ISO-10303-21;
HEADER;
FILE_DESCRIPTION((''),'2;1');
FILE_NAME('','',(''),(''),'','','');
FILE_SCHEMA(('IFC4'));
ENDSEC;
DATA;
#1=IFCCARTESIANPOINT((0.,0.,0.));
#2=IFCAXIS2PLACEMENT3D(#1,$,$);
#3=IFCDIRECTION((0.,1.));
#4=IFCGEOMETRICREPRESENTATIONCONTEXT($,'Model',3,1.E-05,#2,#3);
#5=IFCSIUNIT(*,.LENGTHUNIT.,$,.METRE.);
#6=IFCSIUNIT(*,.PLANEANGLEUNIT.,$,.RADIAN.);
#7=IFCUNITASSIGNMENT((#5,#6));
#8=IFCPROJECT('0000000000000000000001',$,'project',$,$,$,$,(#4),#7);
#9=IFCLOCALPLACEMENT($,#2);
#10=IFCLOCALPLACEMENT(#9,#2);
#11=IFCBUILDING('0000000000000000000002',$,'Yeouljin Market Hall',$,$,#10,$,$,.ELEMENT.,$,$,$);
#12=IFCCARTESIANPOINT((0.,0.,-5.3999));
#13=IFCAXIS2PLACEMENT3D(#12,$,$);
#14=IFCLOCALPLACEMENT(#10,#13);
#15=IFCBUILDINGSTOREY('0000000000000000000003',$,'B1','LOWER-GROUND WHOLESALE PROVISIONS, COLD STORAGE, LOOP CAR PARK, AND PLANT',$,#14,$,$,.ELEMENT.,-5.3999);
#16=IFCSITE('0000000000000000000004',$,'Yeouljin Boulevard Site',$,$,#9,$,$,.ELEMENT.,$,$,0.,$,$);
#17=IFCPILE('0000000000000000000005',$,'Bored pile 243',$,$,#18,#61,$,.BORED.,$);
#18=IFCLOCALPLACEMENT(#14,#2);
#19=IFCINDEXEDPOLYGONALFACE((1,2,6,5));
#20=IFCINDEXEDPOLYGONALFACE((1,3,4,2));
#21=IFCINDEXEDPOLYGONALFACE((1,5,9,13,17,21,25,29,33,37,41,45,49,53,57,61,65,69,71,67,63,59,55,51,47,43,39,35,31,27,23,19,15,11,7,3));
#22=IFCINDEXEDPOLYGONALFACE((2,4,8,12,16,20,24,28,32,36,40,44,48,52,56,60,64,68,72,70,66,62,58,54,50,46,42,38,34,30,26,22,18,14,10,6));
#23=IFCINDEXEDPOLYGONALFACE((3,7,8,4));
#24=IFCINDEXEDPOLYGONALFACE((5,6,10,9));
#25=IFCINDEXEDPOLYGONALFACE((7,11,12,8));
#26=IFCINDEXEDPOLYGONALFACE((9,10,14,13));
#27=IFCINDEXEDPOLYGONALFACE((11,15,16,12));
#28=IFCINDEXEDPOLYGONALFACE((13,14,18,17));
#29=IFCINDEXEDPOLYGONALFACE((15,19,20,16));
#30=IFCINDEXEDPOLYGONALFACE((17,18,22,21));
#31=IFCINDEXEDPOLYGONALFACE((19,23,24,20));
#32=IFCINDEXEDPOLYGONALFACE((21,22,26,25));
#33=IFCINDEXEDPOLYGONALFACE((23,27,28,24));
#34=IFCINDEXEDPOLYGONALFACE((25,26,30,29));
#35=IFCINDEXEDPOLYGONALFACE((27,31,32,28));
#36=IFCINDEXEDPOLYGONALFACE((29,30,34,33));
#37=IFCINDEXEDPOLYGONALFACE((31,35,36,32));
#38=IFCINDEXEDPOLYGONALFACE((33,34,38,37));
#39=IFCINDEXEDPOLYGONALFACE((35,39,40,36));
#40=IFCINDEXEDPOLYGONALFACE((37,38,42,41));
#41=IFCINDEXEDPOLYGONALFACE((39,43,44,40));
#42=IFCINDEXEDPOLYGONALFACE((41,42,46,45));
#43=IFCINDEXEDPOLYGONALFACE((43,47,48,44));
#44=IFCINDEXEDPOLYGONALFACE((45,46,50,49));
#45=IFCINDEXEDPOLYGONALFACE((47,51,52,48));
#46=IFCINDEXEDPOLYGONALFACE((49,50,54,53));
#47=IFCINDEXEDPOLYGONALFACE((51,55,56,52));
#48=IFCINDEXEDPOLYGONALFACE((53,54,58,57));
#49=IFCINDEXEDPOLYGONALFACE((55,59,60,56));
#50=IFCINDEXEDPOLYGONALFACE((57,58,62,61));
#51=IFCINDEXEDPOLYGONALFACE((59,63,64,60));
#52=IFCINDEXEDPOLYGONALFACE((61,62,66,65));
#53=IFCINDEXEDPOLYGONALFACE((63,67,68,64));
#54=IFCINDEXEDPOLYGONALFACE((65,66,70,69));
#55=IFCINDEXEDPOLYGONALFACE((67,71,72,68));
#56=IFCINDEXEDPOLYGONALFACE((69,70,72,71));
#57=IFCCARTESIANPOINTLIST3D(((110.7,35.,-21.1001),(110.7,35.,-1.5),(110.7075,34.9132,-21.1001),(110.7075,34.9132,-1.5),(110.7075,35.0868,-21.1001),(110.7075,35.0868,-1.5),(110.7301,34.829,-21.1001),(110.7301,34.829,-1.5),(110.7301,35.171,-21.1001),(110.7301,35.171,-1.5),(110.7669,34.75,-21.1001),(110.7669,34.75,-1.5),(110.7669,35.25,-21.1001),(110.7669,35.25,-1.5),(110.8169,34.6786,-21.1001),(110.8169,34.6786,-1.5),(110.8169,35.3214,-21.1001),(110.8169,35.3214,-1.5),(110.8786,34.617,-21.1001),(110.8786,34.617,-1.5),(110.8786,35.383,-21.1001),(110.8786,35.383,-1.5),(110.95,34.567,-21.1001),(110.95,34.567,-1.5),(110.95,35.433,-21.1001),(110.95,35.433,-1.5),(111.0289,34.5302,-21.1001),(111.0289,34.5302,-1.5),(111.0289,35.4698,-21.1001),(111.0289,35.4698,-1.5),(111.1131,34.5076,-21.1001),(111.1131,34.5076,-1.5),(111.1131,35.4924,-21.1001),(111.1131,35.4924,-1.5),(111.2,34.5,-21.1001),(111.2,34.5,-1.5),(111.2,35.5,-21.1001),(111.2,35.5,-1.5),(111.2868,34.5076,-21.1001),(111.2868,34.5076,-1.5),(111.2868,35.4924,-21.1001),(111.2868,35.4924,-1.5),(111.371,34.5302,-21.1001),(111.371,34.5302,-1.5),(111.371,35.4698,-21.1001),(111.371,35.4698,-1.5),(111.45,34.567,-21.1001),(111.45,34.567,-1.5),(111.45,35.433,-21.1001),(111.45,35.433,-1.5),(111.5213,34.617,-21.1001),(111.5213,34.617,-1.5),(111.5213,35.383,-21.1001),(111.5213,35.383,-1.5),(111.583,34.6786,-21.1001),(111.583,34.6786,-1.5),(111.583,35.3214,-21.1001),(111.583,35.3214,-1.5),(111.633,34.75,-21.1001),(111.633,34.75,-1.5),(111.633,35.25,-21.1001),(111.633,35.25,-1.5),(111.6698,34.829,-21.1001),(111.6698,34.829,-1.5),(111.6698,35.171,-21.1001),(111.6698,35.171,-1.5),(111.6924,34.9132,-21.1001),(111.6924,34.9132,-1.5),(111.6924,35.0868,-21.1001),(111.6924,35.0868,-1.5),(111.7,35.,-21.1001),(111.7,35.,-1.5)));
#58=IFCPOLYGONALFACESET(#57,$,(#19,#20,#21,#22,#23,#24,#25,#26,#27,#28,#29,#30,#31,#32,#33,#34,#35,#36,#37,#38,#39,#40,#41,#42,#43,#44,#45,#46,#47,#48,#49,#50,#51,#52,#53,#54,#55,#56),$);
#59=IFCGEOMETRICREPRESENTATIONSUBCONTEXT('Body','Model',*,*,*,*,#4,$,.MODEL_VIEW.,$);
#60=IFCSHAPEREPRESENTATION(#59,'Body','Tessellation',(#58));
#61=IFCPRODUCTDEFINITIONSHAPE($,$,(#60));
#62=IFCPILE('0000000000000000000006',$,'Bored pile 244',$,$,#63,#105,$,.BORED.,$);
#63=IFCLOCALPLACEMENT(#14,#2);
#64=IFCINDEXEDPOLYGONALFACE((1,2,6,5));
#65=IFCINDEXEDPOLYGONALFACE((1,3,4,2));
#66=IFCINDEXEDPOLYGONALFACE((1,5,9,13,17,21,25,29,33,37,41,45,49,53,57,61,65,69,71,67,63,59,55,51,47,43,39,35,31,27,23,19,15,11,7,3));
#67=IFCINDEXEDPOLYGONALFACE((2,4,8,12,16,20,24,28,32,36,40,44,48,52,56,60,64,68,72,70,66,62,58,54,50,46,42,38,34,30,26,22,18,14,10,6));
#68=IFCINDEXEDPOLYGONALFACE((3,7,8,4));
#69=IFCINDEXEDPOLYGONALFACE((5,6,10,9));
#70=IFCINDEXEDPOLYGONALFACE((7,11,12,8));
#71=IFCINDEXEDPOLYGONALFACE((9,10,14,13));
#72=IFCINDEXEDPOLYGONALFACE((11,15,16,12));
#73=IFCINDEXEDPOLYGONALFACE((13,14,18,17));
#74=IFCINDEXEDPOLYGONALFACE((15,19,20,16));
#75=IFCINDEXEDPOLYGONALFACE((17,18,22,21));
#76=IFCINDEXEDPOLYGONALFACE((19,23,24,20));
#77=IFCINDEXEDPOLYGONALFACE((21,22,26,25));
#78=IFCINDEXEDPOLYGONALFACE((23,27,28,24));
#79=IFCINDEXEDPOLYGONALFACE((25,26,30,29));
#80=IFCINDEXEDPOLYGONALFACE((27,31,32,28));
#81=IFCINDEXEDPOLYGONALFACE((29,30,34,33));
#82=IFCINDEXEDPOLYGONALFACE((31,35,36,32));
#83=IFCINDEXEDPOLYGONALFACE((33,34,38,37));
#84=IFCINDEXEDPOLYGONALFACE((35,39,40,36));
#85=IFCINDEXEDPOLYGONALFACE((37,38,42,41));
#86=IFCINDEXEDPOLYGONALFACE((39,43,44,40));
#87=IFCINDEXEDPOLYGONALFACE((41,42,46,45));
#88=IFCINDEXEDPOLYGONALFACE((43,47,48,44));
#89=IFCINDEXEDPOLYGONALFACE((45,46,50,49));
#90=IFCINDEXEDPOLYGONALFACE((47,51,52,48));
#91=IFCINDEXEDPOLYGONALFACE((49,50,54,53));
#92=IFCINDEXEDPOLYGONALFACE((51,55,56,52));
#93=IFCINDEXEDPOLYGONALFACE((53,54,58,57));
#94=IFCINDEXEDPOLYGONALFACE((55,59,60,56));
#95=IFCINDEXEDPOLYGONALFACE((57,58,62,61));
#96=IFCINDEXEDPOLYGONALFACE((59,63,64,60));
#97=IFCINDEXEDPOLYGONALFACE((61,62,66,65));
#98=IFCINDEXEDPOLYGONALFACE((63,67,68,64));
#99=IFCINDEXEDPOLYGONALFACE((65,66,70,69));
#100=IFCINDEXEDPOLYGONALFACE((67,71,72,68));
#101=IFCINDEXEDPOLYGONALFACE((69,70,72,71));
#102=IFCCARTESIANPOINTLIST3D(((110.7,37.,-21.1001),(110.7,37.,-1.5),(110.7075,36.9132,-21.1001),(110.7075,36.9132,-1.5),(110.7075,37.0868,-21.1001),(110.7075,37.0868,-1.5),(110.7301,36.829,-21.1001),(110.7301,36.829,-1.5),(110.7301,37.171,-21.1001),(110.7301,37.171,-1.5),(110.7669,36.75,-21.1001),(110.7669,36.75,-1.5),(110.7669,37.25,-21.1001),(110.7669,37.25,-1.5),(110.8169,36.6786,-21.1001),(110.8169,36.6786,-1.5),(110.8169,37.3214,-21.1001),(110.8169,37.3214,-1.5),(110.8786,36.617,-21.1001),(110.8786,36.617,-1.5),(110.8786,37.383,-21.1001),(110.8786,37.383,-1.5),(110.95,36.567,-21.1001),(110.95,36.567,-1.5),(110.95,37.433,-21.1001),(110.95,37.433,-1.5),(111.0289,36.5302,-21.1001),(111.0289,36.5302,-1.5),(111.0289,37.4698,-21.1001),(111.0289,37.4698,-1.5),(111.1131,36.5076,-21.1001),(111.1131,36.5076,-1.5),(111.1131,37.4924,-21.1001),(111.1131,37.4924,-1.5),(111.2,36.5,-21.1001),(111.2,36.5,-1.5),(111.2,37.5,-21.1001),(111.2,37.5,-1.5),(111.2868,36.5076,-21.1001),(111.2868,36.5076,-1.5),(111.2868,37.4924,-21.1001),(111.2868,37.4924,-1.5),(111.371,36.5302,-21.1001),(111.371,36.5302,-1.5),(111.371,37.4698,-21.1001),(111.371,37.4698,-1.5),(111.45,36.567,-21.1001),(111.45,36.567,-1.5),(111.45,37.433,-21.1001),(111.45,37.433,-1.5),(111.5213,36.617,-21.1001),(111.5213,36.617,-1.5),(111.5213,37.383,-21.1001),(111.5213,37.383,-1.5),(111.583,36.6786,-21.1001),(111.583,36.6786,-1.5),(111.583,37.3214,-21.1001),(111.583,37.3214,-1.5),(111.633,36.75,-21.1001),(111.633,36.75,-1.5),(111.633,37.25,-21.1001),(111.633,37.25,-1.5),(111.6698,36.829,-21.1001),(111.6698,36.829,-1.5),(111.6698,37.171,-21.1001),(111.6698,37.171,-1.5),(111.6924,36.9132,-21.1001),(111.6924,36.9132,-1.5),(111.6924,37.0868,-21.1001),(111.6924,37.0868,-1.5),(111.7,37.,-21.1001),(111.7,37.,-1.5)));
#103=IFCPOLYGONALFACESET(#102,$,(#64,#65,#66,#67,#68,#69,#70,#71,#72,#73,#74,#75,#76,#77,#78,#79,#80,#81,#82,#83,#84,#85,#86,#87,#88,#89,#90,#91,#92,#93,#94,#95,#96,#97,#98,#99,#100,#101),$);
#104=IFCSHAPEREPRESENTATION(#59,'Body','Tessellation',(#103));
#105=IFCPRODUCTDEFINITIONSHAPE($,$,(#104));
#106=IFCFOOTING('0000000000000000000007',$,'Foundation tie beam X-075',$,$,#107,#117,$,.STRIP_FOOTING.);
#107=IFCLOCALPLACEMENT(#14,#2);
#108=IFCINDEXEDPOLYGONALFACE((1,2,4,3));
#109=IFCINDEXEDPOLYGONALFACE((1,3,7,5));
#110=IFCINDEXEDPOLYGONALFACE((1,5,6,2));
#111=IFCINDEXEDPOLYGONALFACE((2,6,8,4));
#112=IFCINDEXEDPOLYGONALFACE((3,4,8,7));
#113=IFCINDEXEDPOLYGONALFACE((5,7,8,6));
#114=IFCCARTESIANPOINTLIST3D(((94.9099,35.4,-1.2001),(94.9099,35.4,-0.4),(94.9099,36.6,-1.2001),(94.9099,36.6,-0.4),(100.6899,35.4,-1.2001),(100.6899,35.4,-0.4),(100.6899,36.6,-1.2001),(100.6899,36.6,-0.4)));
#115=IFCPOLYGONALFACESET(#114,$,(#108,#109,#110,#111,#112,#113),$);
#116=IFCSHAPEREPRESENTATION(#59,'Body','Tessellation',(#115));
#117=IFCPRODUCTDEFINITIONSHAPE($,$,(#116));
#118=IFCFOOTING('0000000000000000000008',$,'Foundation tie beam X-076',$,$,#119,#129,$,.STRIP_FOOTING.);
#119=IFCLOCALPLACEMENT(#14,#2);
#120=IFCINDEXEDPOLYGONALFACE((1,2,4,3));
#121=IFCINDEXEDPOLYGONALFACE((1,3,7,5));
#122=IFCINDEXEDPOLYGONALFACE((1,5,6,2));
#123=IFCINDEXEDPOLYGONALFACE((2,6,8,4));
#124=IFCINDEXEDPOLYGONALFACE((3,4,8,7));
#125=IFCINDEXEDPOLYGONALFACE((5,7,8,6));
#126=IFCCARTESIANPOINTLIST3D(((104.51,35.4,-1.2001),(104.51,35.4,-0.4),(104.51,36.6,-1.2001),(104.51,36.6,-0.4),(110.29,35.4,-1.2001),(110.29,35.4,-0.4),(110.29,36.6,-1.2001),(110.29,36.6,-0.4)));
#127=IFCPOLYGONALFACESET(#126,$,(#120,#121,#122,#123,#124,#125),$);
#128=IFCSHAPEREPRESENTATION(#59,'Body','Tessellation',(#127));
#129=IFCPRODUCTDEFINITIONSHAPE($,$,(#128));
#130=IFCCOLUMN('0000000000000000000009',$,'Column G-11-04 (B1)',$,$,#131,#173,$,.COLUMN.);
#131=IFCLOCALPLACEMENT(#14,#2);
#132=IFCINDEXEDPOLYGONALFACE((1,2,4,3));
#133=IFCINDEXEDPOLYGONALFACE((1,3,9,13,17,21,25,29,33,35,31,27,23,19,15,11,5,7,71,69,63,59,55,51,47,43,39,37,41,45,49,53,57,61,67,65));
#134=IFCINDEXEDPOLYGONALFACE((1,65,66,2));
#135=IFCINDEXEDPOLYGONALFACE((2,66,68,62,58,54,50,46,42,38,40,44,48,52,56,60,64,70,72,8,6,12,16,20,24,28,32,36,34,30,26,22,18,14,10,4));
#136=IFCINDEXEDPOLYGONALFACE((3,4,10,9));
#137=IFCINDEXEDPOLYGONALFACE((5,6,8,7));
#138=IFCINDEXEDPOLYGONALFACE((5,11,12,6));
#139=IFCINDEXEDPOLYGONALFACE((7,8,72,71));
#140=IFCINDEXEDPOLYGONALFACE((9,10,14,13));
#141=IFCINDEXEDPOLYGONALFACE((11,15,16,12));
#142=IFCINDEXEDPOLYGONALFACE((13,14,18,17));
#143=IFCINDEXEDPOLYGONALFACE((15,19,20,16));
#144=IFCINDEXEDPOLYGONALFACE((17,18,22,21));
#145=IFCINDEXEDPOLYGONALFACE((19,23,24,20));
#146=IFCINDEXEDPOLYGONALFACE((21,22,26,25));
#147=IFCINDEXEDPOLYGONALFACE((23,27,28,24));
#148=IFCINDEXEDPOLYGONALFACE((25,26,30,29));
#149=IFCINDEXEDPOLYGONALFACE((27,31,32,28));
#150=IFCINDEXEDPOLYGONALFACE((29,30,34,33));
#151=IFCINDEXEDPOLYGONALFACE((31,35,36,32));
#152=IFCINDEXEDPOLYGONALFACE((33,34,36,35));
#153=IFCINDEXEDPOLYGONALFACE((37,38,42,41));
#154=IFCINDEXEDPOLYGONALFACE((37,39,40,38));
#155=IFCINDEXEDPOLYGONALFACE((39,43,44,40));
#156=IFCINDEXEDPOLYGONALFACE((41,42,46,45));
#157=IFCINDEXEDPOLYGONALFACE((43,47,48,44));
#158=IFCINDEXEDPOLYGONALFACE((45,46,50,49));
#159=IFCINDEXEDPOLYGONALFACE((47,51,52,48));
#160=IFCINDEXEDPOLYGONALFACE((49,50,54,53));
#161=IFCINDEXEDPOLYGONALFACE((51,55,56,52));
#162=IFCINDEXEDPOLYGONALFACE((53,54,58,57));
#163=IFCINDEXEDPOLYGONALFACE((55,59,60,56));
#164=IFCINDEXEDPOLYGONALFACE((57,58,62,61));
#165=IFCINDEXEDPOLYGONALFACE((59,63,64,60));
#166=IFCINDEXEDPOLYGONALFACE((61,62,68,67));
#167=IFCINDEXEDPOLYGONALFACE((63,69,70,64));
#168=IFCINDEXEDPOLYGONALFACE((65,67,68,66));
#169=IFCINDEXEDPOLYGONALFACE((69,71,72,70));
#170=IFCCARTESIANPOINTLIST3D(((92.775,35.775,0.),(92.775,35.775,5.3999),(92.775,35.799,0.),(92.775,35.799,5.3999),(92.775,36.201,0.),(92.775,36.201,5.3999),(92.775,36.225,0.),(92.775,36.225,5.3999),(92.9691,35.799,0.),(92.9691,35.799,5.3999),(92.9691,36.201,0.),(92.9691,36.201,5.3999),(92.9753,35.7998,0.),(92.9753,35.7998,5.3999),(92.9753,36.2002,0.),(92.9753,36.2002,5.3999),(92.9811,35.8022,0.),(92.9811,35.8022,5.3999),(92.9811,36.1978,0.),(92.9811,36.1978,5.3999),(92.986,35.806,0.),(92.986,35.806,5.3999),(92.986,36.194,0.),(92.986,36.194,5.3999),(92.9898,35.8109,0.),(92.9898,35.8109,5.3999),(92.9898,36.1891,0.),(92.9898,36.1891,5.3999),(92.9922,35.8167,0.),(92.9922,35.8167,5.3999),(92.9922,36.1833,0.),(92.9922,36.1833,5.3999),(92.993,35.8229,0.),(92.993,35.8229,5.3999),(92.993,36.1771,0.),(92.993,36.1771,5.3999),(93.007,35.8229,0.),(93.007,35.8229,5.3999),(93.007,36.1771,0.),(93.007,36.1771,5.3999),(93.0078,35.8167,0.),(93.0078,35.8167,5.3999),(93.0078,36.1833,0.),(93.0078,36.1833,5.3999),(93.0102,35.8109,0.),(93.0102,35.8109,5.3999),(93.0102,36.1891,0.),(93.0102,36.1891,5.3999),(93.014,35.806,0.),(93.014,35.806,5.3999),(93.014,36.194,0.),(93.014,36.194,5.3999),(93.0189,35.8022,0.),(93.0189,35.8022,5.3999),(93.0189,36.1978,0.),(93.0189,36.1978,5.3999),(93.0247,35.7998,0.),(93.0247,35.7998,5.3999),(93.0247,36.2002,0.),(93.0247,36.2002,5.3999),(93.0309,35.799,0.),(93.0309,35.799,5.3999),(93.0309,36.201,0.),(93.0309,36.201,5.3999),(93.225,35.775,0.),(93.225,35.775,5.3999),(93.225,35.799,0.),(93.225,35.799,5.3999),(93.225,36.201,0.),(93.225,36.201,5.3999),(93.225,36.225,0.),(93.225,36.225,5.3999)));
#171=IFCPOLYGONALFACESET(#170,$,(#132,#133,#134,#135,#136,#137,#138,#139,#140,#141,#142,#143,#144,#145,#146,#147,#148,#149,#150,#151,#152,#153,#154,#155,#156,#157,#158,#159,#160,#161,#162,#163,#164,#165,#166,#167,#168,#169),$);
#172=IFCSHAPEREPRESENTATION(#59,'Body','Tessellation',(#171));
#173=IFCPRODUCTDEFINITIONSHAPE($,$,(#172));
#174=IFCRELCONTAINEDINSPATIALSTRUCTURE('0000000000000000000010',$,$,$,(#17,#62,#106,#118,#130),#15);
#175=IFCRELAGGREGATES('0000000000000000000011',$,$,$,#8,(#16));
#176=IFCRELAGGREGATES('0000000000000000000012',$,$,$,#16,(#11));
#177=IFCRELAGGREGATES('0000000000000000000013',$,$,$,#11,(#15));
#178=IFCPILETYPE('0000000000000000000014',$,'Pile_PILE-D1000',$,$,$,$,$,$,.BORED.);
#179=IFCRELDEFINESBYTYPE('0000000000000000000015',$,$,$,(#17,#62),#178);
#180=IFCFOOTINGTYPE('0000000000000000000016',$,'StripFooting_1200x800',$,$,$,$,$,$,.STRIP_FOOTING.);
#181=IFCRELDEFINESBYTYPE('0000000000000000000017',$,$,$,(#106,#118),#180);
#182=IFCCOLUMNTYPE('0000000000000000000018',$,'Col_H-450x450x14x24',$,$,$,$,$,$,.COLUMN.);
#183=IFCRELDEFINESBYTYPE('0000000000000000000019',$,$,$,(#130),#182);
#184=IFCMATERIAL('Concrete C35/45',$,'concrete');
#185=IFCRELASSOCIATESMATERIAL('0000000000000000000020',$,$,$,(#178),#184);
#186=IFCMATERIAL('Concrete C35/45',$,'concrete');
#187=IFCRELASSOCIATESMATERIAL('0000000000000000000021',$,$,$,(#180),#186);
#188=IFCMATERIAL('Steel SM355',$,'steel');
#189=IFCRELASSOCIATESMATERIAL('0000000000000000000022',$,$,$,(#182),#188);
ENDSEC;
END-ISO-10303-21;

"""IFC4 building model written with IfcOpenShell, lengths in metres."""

from ifc_helpers import new_model, si_unit, direction, frame, origin, origin_2d, place, context, subcontext, project, spatial, rectangle, circle, i_section, extrude, material, material_profile, profile_set, type_object, element, save


model = new_model("IFC4")

# Units and contexts
model_context = context("Model", 3, precision=1e-05, world=origin(), true_north=direction((0.0, 1.0)))
body_context = subcontext(model_context, "Body", "Model", "MODEL_VIEW")
ifc_project = project(units=[si_unit("LENGTHUNIT", "METRE"), si_unit("PLANEANGLEUNIT", "RADIAN")], contexts=[model_context])

# Site, building, storey
site_placement = place(None, origin())
site = spatial("IfcSite", under=ifc_project, at=site_placement, Name="Yeouljin Boulevard Site", CompositionType="ELEMENT", RefElevation=0.0)
building_placement = place(site_placement, origin())
building = spatial("IfcBuilding", under=site, at=building_placement, Name="Yeouljin Market Hall", CompositionType="ELEMENT")
storey_placement = place(building_placement, frame((0.0, 0.0, -5.3999)))
storey = spatial("IfcBuildingStorey", under=building, at=storey_placement, Name="B1", Description="LOWER-GROUND WHOLESALE PROVISIONS, COLD STORAGE, LOOP CAR PARK, AND PLANT", CompositionType="ELEMENT", Elevation=-5.3999)

# Piles
ifc_material_1 = material(Name="Concrete C35/45", Category="concrete")
ifc_material_profile_1 = material_profile(ifc_material_1, circle(Radius=0.5, at=origin_2d()), Name="PILE-D1000")
ifc_profile_set_1 = profile_set([ifc_material_profile_1], Name="Concrete C35/45")
pile_type = type_object("IfcPileType", Name="Pile_PILE-D1000", PredefinedType="BORED", material=ifc_profile_set_1)
for number, where, z_axis, x_axis, name in (
    (1, (111.2, 35.0, -1.5), (0.0, 0.0, -1.0), (1.0, 0.0, 0.0), "Bored pile 243"),
    (2, (111.2, 37.0, -1.5), (0.0, 0.0, -1.0), (1.0, 0.0, 0.0), "Bored pile 244"),
):
    element("IfcPile", number, at=place(storey_placement, frame(where, z_axis=z_axis, x_axis=x_axis)), inside=storey, type_object=pile_type, Name=name, PredefinedType="BORED", context=body_context, shape_type="SweptSolid", body=[
        extrude(circle(Radius=0.5, at=origin_2d()), origin(), (0.0, 0.0, 1.0), 19.6001),
    ])

# Footings
ifc_material_2 = material(Name="Concrete C35/45", Category="concrete")
ifc_material_profile_2 = material_profile(ifc_material_2, rectangle(XDim=1.2, YDim=0.8, at=origin_2d()), Name="SF-1200x800")
ifc_profile_set_2 = profile_set([ifc_material_profile_2], Name="Concrete C35/45")
footing_type_1 = type_object("IfcFootingType", Name="StripFooting_1200x800", PredefinedType="STRIP_FOOTING", material=ifc_profile_set_2)
for number, where, z_axis, x_axis, name in (
    (3, (94.9099, 36.0, -0.8), (1.0, 0.0, 0.0), (0.0, 1.0, 0.0), "Foundation tie beam X-075"),
    (4, (104.51, 36.0, -0.8), (1.0, 0.0, 0.0), (0.0, 1.0, 0.0), "Foundation tie beam X-076"),
):
    element("IfcFooting", number, at=place(storey_placement, frame(where, z_axis=z_axis, x_axis=x_axis)), inside=storey, type_object=footing_type_1, Name=name, PredefinedType="STRIP_FOOTING", context=body_context, shape_type="SweptSolid", body=[
        extrude(rectangle(XDim=1.2, YDim=0.8, at=origin_2d()), origin(), (0.0, 0.0, 1.0), 5.78),
    ])

# Column
ifc_material_3 = material(Name="Steel SM355", Category="steel")
ifc_material_profile_3 = material_profile(ifc_material_3, i_section(OverallWidth=0.45, OverallDepth=0.45, WebThickness=0.0139, FlangeThickness=0.0239, FilletRadius=0.0239, at=origin_2d()), Name="H-450x450x14x24")
ifc_profile_set_3 = profile_set([ifc_material_profile_3], Name="Steel SM355")
column_type_1 = type_object("IfcColumnType", Name="Col_H-450x450x14x24", PredefinedType="COLUMN", material=ifc_profile_set_3)
for number, where, z_axis, x_axis, name in (
    (5, (93.0, 36.0, 0.0), (0.0, 0.0, 1.0), (1.0, 0.0, 0.0), "Column G-11-04 (B1)"),
):
    element("IfcColumn", number, at=place(storey_placement, frame(where, z_axis=z_axis, x_axis=x_axis)), inside=storey, type_object=column_type_1, Name=name, PredefinedType="COLUMN", context=body_context, shape_type="SweptSolid", body=[
        extrude(i_section(OverallWidth=0.45, OverallDepth=0.45, WebThickness=0.0139, FlangeThickness=0.0239, FilletRadius=0.0239, at=origin_2d()), origin(), (0.0, 0.0, 1.0), 5.3999),
    ])

save(model, "model.ifc")
